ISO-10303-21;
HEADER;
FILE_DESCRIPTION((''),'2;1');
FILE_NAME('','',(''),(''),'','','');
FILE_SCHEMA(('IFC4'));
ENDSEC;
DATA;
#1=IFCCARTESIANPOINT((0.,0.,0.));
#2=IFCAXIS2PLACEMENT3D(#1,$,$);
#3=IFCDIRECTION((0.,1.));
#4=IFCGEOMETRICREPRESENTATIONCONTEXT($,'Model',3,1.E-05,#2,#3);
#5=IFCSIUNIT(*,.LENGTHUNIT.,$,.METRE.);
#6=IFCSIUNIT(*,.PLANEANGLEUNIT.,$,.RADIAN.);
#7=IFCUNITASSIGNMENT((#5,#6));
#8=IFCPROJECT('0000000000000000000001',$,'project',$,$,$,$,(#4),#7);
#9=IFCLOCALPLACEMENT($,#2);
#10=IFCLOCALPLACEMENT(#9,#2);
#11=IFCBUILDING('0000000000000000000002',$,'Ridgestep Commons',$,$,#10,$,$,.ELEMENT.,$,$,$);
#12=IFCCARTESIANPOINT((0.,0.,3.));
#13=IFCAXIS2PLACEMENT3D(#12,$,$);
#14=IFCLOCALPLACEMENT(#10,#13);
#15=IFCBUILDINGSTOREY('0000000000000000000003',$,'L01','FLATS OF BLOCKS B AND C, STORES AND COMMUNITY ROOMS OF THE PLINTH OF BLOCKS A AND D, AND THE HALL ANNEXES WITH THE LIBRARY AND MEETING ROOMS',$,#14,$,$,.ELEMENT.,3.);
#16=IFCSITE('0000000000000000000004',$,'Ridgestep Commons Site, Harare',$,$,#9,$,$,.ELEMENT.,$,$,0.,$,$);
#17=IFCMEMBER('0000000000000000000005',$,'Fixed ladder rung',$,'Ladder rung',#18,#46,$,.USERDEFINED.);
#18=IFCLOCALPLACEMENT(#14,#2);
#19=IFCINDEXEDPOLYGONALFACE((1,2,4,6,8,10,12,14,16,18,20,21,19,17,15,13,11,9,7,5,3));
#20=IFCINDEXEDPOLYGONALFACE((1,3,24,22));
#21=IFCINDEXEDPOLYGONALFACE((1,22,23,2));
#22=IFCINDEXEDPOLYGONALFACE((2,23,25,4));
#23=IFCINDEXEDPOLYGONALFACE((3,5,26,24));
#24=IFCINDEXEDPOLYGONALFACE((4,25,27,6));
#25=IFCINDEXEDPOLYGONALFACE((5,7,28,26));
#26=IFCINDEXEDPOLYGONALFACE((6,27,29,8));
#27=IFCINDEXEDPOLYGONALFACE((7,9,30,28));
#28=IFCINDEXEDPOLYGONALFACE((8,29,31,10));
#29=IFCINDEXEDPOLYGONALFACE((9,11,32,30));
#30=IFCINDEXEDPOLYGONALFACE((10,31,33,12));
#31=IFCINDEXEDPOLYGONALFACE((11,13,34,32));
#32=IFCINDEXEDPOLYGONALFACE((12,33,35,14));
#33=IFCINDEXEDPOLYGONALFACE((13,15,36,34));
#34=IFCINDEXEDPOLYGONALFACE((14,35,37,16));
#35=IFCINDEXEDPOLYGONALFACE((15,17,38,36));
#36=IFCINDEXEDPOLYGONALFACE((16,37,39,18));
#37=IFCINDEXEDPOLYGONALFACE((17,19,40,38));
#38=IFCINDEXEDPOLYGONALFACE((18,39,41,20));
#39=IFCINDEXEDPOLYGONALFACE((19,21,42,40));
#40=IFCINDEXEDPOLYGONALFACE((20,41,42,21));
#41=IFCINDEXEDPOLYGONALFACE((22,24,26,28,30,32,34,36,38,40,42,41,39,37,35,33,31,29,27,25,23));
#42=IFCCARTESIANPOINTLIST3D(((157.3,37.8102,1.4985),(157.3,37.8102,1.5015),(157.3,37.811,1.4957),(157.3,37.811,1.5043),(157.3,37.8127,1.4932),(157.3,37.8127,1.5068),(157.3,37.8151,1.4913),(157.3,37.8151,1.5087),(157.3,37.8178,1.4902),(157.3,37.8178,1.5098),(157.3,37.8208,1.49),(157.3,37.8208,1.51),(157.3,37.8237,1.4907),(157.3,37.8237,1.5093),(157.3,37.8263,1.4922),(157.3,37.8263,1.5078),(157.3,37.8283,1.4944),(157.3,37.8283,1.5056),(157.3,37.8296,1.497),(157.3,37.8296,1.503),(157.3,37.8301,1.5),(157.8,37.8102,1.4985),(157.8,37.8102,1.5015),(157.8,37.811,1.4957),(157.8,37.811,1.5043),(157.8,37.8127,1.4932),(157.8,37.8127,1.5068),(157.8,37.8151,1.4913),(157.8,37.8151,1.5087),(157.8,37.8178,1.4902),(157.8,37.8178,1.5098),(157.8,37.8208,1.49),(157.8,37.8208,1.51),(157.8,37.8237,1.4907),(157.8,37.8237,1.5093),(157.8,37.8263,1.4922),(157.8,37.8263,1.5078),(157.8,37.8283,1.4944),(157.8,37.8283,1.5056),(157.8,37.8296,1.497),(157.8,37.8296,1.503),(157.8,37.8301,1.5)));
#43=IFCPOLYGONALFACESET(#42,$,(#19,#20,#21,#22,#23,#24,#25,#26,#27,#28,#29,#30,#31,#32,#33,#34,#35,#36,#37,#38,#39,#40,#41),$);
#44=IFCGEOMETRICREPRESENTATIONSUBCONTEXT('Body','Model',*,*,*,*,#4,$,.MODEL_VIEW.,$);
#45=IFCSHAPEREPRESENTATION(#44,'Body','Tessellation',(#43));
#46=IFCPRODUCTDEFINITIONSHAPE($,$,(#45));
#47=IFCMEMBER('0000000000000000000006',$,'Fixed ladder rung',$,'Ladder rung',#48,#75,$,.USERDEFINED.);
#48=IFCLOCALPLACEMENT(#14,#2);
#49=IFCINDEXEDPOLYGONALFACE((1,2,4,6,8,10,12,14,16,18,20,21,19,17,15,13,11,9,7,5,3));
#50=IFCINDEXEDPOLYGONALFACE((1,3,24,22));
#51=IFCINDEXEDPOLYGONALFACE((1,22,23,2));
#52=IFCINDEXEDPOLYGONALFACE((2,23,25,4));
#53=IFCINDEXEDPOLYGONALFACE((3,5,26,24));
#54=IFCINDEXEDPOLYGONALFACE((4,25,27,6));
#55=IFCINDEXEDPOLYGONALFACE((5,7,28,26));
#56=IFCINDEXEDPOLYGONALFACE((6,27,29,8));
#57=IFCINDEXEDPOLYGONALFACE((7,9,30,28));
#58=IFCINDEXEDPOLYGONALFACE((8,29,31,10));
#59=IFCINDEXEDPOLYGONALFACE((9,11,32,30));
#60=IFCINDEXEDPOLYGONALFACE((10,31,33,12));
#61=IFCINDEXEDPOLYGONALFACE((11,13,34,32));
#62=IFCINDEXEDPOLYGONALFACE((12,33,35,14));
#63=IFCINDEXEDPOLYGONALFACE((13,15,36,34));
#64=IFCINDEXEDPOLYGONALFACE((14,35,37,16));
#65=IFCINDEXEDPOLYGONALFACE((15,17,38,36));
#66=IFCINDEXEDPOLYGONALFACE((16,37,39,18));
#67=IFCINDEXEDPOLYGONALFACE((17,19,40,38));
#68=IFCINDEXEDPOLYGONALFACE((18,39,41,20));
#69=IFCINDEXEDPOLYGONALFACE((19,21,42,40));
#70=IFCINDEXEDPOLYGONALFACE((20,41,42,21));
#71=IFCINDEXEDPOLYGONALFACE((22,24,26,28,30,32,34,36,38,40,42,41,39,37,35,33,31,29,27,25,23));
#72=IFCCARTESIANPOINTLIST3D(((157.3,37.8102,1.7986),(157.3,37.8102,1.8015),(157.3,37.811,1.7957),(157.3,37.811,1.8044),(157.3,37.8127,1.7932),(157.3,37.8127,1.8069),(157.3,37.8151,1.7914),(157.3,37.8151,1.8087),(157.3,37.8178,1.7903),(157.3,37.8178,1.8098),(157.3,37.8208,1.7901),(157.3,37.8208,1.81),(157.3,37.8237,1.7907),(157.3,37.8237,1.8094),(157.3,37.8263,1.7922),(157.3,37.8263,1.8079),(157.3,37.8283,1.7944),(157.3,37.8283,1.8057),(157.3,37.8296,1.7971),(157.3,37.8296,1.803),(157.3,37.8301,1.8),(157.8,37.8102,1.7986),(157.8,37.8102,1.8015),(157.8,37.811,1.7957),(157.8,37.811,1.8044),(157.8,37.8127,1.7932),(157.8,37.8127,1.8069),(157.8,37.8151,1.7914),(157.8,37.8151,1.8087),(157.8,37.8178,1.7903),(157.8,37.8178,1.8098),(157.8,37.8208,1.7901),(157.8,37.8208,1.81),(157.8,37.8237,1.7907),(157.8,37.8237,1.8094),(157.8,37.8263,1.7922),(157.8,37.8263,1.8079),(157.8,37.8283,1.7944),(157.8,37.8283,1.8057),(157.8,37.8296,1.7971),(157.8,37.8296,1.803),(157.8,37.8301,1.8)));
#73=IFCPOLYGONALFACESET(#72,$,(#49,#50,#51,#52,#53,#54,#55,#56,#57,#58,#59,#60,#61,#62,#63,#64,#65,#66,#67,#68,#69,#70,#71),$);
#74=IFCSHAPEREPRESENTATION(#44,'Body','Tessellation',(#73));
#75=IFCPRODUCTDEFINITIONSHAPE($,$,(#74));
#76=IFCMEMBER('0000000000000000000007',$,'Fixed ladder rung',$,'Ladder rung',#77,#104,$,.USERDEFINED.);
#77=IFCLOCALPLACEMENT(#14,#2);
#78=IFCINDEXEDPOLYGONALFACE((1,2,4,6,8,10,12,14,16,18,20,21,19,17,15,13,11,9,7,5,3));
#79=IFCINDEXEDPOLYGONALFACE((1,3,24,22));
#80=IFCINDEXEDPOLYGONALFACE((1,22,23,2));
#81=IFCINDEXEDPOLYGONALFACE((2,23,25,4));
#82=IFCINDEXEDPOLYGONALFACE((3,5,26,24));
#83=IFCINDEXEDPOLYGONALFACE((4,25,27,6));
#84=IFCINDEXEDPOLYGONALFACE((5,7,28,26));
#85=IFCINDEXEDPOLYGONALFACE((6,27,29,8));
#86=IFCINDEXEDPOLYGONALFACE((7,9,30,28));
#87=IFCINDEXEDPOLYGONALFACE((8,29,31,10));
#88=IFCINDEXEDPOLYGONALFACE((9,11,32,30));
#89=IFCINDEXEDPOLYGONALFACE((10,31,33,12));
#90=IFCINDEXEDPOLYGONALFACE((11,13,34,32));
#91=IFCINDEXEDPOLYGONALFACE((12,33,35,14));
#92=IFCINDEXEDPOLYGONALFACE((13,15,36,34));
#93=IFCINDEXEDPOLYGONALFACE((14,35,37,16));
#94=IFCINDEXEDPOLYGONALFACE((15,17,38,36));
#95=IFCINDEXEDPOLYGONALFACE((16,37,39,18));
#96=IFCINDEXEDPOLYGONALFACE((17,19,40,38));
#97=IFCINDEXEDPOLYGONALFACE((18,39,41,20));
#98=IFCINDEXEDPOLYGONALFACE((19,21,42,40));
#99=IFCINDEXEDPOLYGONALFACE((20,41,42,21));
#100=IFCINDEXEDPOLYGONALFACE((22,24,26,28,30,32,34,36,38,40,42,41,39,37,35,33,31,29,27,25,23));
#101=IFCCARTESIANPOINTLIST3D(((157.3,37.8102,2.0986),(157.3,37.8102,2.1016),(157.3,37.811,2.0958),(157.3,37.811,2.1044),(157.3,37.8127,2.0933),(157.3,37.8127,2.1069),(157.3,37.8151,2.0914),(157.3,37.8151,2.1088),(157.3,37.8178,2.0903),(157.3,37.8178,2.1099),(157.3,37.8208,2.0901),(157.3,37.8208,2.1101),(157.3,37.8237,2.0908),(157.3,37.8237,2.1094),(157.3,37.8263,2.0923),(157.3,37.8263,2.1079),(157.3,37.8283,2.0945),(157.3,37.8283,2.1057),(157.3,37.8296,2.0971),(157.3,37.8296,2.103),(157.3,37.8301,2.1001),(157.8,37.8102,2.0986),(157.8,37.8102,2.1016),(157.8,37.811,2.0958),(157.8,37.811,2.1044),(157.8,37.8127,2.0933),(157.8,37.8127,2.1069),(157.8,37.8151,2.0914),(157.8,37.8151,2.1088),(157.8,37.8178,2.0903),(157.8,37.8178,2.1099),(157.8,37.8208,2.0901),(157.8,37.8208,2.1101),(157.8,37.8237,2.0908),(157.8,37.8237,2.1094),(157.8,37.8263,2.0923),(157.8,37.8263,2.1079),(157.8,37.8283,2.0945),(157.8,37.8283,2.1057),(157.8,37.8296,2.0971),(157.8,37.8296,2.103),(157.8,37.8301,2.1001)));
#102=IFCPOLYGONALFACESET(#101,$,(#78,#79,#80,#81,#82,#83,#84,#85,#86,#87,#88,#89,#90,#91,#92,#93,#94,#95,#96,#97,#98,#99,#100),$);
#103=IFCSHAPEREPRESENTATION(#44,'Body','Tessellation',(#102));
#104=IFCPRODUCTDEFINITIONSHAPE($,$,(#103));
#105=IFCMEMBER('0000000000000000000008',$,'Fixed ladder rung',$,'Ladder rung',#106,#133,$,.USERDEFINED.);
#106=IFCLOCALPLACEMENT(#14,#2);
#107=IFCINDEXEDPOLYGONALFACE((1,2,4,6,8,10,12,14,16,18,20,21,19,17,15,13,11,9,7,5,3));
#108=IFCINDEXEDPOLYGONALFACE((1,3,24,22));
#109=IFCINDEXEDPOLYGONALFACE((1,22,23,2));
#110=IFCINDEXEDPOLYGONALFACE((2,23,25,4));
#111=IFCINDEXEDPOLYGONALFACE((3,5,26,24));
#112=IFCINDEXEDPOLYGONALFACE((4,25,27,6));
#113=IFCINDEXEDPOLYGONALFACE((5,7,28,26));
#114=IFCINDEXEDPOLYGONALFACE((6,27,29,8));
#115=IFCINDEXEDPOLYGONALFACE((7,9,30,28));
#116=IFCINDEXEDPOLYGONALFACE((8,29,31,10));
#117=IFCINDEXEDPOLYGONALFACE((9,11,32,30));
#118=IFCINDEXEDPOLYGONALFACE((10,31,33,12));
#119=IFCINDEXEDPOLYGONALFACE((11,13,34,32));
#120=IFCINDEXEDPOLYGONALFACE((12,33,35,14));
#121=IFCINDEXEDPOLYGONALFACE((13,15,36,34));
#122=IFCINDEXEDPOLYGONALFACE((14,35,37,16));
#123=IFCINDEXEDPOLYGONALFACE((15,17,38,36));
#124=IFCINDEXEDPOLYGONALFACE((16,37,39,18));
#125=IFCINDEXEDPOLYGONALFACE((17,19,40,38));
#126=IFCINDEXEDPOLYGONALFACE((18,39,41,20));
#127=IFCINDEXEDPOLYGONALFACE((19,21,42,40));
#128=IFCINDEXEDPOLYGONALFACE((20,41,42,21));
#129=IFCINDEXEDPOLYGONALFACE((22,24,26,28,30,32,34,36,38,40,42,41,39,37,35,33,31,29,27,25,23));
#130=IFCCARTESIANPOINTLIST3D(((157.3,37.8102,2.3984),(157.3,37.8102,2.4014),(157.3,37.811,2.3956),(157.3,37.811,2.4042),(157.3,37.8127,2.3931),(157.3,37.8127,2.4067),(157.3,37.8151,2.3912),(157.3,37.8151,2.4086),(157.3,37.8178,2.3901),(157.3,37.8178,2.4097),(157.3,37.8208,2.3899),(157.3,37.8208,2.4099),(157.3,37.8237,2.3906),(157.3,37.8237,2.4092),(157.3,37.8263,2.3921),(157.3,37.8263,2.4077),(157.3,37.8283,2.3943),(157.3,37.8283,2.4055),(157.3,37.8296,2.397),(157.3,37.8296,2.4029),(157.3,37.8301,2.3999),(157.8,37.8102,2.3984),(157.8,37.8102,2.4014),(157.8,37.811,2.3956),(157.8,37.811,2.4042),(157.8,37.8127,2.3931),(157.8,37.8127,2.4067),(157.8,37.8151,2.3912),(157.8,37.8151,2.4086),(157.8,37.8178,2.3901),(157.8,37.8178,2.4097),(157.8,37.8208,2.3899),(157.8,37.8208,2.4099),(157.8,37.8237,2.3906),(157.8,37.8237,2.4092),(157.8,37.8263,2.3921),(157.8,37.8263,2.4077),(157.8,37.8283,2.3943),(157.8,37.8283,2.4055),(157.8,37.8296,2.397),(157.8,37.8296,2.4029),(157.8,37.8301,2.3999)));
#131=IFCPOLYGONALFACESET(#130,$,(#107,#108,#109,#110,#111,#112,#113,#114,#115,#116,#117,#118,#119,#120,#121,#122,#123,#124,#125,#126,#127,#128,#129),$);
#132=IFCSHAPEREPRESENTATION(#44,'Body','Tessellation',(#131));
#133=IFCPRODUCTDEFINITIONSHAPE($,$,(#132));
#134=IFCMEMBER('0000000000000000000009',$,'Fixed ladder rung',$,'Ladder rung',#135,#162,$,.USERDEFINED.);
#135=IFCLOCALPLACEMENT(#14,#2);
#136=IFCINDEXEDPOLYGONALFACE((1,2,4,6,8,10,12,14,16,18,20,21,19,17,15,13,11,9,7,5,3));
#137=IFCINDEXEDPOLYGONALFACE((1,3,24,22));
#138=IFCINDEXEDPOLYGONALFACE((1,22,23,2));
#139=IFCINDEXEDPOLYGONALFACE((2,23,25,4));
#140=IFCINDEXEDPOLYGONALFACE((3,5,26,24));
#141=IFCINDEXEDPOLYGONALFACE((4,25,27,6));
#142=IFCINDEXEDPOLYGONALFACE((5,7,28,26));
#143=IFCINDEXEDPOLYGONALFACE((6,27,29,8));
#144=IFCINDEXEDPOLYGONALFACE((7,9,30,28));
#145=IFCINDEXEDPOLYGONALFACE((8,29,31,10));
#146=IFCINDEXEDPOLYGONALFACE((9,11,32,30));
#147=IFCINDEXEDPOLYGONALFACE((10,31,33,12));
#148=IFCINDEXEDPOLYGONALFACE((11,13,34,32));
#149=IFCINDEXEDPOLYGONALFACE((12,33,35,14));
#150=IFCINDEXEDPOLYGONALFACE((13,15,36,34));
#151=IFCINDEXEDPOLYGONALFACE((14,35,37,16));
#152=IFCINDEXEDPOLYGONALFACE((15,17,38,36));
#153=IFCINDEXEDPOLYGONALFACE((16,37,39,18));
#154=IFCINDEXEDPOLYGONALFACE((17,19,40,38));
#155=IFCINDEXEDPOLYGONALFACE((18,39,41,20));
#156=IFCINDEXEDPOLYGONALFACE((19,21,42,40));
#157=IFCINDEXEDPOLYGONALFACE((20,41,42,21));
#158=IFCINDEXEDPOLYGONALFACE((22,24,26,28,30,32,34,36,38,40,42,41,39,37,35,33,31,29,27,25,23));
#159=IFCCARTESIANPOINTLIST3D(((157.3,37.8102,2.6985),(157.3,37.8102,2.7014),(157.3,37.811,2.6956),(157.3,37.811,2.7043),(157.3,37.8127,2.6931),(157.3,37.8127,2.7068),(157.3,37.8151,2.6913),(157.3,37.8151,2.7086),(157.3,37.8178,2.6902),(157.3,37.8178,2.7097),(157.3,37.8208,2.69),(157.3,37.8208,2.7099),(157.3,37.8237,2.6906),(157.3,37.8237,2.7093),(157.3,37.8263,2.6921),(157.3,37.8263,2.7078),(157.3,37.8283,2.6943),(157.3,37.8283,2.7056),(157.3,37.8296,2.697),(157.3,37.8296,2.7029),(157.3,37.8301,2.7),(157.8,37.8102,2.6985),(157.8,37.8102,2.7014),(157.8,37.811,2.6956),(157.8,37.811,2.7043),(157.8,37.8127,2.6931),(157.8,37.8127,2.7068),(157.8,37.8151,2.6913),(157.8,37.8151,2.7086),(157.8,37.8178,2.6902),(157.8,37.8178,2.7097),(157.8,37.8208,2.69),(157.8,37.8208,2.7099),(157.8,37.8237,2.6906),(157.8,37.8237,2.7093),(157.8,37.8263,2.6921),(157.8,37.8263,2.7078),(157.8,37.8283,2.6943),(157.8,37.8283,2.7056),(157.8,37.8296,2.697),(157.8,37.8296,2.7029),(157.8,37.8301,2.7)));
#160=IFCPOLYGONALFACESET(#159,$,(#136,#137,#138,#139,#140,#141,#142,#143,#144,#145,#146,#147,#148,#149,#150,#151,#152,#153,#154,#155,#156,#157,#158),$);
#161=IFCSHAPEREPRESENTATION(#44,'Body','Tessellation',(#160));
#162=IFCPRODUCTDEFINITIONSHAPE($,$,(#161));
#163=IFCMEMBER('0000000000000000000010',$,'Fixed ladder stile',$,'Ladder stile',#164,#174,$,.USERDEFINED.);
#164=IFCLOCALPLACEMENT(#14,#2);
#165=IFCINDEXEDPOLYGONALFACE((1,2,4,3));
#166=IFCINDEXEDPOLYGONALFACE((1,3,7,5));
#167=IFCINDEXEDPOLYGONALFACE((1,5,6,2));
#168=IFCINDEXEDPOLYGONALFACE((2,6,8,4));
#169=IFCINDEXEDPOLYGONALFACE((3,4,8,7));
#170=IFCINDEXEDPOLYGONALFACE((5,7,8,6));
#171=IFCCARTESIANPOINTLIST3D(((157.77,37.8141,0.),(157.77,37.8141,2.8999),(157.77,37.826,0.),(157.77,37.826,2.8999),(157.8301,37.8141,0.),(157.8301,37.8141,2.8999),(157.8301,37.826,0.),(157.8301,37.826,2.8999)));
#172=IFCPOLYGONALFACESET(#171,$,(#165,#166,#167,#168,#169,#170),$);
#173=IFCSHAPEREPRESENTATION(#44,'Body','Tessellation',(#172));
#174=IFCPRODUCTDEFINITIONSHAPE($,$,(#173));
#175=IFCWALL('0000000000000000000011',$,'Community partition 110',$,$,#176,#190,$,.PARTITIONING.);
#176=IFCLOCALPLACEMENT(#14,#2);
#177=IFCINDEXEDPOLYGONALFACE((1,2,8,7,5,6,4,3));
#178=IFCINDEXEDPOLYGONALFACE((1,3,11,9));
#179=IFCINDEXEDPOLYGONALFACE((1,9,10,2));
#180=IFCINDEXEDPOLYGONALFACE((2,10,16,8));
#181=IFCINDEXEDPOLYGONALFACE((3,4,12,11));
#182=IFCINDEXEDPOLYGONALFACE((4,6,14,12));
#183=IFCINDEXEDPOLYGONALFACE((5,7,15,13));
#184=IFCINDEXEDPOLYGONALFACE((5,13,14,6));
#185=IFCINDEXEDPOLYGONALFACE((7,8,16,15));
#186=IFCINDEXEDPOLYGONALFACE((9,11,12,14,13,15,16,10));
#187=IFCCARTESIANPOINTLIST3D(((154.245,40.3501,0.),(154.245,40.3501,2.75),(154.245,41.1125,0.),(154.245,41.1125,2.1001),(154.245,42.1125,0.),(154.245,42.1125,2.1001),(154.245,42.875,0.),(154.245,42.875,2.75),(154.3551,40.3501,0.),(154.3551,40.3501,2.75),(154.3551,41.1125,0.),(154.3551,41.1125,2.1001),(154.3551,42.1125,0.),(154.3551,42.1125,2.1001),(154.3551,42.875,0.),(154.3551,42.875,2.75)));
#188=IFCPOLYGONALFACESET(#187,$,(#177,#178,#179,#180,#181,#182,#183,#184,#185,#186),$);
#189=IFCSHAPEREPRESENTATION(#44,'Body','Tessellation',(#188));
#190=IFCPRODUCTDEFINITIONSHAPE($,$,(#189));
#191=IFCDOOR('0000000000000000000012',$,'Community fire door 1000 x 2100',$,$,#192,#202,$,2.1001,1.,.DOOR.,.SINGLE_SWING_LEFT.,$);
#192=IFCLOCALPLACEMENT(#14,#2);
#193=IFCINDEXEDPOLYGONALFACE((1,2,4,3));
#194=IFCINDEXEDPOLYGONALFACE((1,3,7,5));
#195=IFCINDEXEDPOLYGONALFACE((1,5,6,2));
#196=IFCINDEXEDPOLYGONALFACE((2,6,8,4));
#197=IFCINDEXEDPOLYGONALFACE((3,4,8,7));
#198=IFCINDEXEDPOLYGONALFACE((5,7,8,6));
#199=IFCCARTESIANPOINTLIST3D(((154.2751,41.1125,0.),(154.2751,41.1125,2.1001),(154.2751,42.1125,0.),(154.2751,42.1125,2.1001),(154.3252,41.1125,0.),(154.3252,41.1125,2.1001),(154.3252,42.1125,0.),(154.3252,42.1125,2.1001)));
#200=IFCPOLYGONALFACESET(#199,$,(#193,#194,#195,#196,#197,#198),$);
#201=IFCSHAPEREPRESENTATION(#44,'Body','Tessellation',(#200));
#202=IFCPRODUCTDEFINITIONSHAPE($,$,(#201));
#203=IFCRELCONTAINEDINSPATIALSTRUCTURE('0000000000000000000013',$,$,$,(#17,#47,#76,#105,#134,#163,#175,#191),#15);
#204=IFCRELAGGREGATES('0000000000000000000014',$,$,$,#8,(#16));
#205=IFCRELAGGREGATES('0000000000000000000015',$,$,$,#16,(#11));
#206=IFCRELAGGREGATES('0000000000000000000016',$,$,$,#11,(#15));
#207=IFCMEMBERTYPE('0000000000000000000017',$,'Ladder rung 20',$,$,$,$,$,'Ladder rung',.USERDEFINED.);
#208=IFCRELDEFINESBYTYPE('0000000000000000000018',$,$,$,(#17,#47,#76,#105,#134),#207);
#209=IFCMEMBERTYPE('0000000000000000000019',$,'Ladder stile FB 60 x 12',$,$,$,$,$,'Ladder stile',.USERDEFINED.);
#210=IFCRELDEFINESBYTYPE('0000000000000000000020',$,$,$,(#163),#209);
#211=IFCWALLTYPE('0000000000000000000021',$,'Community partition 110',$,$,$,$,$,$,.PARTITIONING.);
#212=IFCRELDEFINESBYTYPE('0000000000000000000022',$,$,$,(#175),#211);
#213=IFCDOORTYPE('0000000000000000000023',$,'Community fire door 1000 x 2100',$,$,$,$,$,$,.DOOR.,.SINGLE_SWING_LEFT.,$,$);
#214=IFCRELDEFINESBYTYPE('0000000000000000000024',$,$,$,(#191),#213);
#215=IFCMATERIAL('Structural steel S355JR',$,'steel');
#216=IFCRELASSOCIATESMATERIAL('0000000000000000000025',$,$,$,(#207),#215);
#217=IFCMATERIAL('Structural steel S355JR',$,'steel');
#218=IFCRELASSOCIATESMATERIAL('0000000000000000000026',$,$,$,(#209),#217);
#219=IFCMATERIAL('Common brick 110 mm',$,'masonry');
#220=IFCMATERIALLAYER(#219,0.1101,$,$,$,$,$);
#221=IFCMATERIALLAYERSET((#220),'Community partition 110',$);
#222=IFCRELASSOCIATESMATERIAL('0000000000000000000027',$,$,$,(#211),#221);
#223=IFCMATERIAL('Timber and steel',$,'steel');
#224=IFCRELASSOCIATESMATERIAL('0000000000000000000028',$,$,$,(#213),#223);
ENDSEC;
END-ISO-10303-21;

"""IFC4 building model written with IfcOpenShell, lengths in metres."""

from ifc_helpers import new_model, si_unit, direction, frame, frame_2d, origin, origin_2d, place, context, subcontext, project, spatial, rectangle, circle, extrude, material, layer, layer_set, material_profile, profile_set, type_object, element, fill, save


model = new_model("IFC4")

# Units and contexts
model_context = context("Model", 3, precision=1e-05, world=origin(), true_north=direction((0.0, 1.0)))
body_context = subcontext(model_context, "Body", "Model", "MODEL_VIEW")
ifc_project = project(units=[si_unit("LENGTHUNIT", "METRE"), si_unit("PLANEANGLEUNIT", "RADIAN")], contexts=[model_context])

# Site, building, storey
site_placement = place(None, origin())
site = spatial("IfcSite", under=ifc_project, at=site_placement, Name="Ridgestep Commons Site, Harare", CompositionType="ELEMENT", RefElevation=0.0)
building_placement = place(site_placement, origin())
building = spatial("IfcBuilding", under=site, at=building_placement, Name="Ridgestep Commons", CompositionType="ELEMENT")
storey_placement = place(building_placement, frame((0.0, 0.0, 3.0)))
storey = spatial("IfcBuildingStorey", under=building, at=storey_placement, Name="L01", Description="FLATS OF BLOCKS B AND C, STORES AND COMMUNITY ROOMS OF THE PLINTH OF BLOCKS A AND D, AND THE HALL ANNEXES WITH THE LIBRARY AND MEETING ROOMS", CompositionType="ELEMENT", Elevation=3.0)

# Members
ifc_material_1 = material(Name="Structural steel S355JR", Category="steel")
ifc_material_profile_1 = material_profile(ifc_material_1, circle(Radius=0.01, at=origin_2d()), Name="Ladder rung 20")
ifc_profile_set_1 = profile_set([ifc_material_profile_1], Name="Structural steel S355JR")
member_type_1 = type_object("IfcMemberType", Name="Ladder rung 20", ElementType="Ladder rung", PredefinedType="USERDEFINED", material=ifc_profile_set_1)
for number, where, z_axis, x_axis, name in (
    (1, (157.3, 37.8201, 1.5), (1.0, 0.0, 0.0), (0.0, 1.0, 0.0), "Fixed ladder rung"),
    (2, (157.3, 37.8201, 1.8), (1.0, 0.0, 0.0), (0.0, 1.0, 0.0), "Fixed ladder rung"),
    (3, (157.3, 37.8201, 2.1001), (1.0, 0.0, 0.0), (0.0, 1.0, 0.0), "Fixed ladder rung"),
    (4, (157.3, 37.8201, 2.3999), (1.0, 0.0, 0.0), (0.0, 1.0, 0.0), "Fixed ladder rung"),
    (5, (157.3, 37.8201, 2.7), (1.0, 0.0, 0.0), (0.0, 1.0, 0.0), "Fixed ladder rung"),
):
    element("IfcMember", number, at=place(storey_placement, frame(where, z_axis=z_axis, x_axis=x_axis)), inside=storey, type_object=member_type_1, Name=name, ObjectType="Ladder rung", PredefinedType="USERDEFINED", context=body_context, shape_type="SweptSolid", body=[
        extrude(circle(Radius=0.01, at=origin_2d()), origin(), (0.0, 0.0, 1.0), 0.5),
    ])
ifc_material_2 = material(Name="Structural steel S355JR", Category="steel")
ifc_material_profile_2 = material_profile(ifc_material_2, rectangle(XDim=0.0601, YDim=0.012, at=origin_2d()), Name="Ladder stile FB 60 x 12")
ifc_profile_set_2 = profile_set([ifc_material_profile_2], Name="Structural steel S355JR")
member_type_2 = type_object("IfcMemberType", Name="Ladder stile FB 60 x 12", ElementType="Ladder stile", PredefinedType="USERDEFINED", material=ifc_profile_set_2)
member_placement = place(storey_placement, frame((157.8, 37.8201, 0.0), z_axis=(0.0, 0.0, 1.0), x_axis=(1.0, 0.0, 0.0)))
element("IfcMember", 6, at=member_placement, inside=storey, type_object=member_type_2, Name="Fixed ladder stile", ObjectType="Ladder stile", PredefinedType="USERDEFINED", context=body_context, shape_type="SweptSolid", body=[
    extrude(rectangle(XDim=0.0601, YDim=0.012, at=origin_2d()), origin(), (0.0, 0.0, 1.0), 2.8999),
])

# Wall, opening, door
ifc_material_3 = material(Name="Common brick 110 mm", Category="masonry")
ifc_layer_1 = layer(ifc_material_3, 0.1101)
ifc_layer_set_1 = layer_set([ifc_layer_1], Name="Community partition 110")
wall_type_1 = type_object("IfcWallType", Name="Community partition 110", PredefinedType="PARTITIONING", material=ifc_layer_set_1)
wall_1_placement = place(storey_placement, frame((154.3, 40.3501, 0.0), z_axis=(0.0, 0.0, 1.0), x_axis=(0.0, 1.0, 0.0)))
wall_1 = element("IfcWall", 7, at=wall_1_placement, inside=storey, type_object=wall_type_1, Name="Community partition 110", PredefinedType="PARTITIONING", context=body_context, shape_type="SweptSolid", body=[
    extrude(rectangle(XDim=2.5249, YDim=0.1101, at=frame_2d((1.2625, 0.0))), origin(), (0.0, 0.0, 1.0), 2.75),
])
opening_1_placement = place(wall_1_placement, frame((0.7625, 0.0, 0.0)))
opening_1 = element("IfcOpeningElement", 8, at=opening_1_placement, cuts=wall_1, PredefinedType="OPENING", context=body_context, shape_type="SweptSolid", body=[
    extrude(rectangle(XDim=1.0, YDim=2.1001, at=frame_2d((0.5, 1.05))), frame((0.0, 0.0649, 0.0), z_axis=(0.0, -1.0, 0.0), x_axis=(1.0, 0.0, 0.0)), (0.0, 0.0, 1.0), 0.1301),
])
ifc_material_4 = material(Name="Timber and steel", Category="steel")
door_type = type_object("IfcDoorType", Name="Community fire door 1000 x 2100", OperationType="SINGLE_SWING_LEFT", PredefinedType="DOOR", material=ifc_material_4)
door_1_placement = place(opening_1_placement, origin())
door_1 = element("IfcDoor", 9, at=door_1_placement, inside=storey, type_object=door_type, Name="Community fire door 1000 x 2100", OperationType="SINGLE_SWING_LEFT", OverallHeight=2.1001, OverallWidth=1.0, PredefinedType="DOOR", context=body_context, shape_type="SweptSolid", body=[
    extrude(rectangle(XDim=1.0, YDim=2.1001, at=frame_2d((0.5, 1.05))), frame((0.0, 0.0249, 0.0), z_axis=(0.0, -1.0, 0.0), x_axis=(1.0, 0.0, 0.0)), (0.0, 0.0, 1.0), 0.05),
])
fill(opening_1, door_1)

save(model, "model.ifc")
